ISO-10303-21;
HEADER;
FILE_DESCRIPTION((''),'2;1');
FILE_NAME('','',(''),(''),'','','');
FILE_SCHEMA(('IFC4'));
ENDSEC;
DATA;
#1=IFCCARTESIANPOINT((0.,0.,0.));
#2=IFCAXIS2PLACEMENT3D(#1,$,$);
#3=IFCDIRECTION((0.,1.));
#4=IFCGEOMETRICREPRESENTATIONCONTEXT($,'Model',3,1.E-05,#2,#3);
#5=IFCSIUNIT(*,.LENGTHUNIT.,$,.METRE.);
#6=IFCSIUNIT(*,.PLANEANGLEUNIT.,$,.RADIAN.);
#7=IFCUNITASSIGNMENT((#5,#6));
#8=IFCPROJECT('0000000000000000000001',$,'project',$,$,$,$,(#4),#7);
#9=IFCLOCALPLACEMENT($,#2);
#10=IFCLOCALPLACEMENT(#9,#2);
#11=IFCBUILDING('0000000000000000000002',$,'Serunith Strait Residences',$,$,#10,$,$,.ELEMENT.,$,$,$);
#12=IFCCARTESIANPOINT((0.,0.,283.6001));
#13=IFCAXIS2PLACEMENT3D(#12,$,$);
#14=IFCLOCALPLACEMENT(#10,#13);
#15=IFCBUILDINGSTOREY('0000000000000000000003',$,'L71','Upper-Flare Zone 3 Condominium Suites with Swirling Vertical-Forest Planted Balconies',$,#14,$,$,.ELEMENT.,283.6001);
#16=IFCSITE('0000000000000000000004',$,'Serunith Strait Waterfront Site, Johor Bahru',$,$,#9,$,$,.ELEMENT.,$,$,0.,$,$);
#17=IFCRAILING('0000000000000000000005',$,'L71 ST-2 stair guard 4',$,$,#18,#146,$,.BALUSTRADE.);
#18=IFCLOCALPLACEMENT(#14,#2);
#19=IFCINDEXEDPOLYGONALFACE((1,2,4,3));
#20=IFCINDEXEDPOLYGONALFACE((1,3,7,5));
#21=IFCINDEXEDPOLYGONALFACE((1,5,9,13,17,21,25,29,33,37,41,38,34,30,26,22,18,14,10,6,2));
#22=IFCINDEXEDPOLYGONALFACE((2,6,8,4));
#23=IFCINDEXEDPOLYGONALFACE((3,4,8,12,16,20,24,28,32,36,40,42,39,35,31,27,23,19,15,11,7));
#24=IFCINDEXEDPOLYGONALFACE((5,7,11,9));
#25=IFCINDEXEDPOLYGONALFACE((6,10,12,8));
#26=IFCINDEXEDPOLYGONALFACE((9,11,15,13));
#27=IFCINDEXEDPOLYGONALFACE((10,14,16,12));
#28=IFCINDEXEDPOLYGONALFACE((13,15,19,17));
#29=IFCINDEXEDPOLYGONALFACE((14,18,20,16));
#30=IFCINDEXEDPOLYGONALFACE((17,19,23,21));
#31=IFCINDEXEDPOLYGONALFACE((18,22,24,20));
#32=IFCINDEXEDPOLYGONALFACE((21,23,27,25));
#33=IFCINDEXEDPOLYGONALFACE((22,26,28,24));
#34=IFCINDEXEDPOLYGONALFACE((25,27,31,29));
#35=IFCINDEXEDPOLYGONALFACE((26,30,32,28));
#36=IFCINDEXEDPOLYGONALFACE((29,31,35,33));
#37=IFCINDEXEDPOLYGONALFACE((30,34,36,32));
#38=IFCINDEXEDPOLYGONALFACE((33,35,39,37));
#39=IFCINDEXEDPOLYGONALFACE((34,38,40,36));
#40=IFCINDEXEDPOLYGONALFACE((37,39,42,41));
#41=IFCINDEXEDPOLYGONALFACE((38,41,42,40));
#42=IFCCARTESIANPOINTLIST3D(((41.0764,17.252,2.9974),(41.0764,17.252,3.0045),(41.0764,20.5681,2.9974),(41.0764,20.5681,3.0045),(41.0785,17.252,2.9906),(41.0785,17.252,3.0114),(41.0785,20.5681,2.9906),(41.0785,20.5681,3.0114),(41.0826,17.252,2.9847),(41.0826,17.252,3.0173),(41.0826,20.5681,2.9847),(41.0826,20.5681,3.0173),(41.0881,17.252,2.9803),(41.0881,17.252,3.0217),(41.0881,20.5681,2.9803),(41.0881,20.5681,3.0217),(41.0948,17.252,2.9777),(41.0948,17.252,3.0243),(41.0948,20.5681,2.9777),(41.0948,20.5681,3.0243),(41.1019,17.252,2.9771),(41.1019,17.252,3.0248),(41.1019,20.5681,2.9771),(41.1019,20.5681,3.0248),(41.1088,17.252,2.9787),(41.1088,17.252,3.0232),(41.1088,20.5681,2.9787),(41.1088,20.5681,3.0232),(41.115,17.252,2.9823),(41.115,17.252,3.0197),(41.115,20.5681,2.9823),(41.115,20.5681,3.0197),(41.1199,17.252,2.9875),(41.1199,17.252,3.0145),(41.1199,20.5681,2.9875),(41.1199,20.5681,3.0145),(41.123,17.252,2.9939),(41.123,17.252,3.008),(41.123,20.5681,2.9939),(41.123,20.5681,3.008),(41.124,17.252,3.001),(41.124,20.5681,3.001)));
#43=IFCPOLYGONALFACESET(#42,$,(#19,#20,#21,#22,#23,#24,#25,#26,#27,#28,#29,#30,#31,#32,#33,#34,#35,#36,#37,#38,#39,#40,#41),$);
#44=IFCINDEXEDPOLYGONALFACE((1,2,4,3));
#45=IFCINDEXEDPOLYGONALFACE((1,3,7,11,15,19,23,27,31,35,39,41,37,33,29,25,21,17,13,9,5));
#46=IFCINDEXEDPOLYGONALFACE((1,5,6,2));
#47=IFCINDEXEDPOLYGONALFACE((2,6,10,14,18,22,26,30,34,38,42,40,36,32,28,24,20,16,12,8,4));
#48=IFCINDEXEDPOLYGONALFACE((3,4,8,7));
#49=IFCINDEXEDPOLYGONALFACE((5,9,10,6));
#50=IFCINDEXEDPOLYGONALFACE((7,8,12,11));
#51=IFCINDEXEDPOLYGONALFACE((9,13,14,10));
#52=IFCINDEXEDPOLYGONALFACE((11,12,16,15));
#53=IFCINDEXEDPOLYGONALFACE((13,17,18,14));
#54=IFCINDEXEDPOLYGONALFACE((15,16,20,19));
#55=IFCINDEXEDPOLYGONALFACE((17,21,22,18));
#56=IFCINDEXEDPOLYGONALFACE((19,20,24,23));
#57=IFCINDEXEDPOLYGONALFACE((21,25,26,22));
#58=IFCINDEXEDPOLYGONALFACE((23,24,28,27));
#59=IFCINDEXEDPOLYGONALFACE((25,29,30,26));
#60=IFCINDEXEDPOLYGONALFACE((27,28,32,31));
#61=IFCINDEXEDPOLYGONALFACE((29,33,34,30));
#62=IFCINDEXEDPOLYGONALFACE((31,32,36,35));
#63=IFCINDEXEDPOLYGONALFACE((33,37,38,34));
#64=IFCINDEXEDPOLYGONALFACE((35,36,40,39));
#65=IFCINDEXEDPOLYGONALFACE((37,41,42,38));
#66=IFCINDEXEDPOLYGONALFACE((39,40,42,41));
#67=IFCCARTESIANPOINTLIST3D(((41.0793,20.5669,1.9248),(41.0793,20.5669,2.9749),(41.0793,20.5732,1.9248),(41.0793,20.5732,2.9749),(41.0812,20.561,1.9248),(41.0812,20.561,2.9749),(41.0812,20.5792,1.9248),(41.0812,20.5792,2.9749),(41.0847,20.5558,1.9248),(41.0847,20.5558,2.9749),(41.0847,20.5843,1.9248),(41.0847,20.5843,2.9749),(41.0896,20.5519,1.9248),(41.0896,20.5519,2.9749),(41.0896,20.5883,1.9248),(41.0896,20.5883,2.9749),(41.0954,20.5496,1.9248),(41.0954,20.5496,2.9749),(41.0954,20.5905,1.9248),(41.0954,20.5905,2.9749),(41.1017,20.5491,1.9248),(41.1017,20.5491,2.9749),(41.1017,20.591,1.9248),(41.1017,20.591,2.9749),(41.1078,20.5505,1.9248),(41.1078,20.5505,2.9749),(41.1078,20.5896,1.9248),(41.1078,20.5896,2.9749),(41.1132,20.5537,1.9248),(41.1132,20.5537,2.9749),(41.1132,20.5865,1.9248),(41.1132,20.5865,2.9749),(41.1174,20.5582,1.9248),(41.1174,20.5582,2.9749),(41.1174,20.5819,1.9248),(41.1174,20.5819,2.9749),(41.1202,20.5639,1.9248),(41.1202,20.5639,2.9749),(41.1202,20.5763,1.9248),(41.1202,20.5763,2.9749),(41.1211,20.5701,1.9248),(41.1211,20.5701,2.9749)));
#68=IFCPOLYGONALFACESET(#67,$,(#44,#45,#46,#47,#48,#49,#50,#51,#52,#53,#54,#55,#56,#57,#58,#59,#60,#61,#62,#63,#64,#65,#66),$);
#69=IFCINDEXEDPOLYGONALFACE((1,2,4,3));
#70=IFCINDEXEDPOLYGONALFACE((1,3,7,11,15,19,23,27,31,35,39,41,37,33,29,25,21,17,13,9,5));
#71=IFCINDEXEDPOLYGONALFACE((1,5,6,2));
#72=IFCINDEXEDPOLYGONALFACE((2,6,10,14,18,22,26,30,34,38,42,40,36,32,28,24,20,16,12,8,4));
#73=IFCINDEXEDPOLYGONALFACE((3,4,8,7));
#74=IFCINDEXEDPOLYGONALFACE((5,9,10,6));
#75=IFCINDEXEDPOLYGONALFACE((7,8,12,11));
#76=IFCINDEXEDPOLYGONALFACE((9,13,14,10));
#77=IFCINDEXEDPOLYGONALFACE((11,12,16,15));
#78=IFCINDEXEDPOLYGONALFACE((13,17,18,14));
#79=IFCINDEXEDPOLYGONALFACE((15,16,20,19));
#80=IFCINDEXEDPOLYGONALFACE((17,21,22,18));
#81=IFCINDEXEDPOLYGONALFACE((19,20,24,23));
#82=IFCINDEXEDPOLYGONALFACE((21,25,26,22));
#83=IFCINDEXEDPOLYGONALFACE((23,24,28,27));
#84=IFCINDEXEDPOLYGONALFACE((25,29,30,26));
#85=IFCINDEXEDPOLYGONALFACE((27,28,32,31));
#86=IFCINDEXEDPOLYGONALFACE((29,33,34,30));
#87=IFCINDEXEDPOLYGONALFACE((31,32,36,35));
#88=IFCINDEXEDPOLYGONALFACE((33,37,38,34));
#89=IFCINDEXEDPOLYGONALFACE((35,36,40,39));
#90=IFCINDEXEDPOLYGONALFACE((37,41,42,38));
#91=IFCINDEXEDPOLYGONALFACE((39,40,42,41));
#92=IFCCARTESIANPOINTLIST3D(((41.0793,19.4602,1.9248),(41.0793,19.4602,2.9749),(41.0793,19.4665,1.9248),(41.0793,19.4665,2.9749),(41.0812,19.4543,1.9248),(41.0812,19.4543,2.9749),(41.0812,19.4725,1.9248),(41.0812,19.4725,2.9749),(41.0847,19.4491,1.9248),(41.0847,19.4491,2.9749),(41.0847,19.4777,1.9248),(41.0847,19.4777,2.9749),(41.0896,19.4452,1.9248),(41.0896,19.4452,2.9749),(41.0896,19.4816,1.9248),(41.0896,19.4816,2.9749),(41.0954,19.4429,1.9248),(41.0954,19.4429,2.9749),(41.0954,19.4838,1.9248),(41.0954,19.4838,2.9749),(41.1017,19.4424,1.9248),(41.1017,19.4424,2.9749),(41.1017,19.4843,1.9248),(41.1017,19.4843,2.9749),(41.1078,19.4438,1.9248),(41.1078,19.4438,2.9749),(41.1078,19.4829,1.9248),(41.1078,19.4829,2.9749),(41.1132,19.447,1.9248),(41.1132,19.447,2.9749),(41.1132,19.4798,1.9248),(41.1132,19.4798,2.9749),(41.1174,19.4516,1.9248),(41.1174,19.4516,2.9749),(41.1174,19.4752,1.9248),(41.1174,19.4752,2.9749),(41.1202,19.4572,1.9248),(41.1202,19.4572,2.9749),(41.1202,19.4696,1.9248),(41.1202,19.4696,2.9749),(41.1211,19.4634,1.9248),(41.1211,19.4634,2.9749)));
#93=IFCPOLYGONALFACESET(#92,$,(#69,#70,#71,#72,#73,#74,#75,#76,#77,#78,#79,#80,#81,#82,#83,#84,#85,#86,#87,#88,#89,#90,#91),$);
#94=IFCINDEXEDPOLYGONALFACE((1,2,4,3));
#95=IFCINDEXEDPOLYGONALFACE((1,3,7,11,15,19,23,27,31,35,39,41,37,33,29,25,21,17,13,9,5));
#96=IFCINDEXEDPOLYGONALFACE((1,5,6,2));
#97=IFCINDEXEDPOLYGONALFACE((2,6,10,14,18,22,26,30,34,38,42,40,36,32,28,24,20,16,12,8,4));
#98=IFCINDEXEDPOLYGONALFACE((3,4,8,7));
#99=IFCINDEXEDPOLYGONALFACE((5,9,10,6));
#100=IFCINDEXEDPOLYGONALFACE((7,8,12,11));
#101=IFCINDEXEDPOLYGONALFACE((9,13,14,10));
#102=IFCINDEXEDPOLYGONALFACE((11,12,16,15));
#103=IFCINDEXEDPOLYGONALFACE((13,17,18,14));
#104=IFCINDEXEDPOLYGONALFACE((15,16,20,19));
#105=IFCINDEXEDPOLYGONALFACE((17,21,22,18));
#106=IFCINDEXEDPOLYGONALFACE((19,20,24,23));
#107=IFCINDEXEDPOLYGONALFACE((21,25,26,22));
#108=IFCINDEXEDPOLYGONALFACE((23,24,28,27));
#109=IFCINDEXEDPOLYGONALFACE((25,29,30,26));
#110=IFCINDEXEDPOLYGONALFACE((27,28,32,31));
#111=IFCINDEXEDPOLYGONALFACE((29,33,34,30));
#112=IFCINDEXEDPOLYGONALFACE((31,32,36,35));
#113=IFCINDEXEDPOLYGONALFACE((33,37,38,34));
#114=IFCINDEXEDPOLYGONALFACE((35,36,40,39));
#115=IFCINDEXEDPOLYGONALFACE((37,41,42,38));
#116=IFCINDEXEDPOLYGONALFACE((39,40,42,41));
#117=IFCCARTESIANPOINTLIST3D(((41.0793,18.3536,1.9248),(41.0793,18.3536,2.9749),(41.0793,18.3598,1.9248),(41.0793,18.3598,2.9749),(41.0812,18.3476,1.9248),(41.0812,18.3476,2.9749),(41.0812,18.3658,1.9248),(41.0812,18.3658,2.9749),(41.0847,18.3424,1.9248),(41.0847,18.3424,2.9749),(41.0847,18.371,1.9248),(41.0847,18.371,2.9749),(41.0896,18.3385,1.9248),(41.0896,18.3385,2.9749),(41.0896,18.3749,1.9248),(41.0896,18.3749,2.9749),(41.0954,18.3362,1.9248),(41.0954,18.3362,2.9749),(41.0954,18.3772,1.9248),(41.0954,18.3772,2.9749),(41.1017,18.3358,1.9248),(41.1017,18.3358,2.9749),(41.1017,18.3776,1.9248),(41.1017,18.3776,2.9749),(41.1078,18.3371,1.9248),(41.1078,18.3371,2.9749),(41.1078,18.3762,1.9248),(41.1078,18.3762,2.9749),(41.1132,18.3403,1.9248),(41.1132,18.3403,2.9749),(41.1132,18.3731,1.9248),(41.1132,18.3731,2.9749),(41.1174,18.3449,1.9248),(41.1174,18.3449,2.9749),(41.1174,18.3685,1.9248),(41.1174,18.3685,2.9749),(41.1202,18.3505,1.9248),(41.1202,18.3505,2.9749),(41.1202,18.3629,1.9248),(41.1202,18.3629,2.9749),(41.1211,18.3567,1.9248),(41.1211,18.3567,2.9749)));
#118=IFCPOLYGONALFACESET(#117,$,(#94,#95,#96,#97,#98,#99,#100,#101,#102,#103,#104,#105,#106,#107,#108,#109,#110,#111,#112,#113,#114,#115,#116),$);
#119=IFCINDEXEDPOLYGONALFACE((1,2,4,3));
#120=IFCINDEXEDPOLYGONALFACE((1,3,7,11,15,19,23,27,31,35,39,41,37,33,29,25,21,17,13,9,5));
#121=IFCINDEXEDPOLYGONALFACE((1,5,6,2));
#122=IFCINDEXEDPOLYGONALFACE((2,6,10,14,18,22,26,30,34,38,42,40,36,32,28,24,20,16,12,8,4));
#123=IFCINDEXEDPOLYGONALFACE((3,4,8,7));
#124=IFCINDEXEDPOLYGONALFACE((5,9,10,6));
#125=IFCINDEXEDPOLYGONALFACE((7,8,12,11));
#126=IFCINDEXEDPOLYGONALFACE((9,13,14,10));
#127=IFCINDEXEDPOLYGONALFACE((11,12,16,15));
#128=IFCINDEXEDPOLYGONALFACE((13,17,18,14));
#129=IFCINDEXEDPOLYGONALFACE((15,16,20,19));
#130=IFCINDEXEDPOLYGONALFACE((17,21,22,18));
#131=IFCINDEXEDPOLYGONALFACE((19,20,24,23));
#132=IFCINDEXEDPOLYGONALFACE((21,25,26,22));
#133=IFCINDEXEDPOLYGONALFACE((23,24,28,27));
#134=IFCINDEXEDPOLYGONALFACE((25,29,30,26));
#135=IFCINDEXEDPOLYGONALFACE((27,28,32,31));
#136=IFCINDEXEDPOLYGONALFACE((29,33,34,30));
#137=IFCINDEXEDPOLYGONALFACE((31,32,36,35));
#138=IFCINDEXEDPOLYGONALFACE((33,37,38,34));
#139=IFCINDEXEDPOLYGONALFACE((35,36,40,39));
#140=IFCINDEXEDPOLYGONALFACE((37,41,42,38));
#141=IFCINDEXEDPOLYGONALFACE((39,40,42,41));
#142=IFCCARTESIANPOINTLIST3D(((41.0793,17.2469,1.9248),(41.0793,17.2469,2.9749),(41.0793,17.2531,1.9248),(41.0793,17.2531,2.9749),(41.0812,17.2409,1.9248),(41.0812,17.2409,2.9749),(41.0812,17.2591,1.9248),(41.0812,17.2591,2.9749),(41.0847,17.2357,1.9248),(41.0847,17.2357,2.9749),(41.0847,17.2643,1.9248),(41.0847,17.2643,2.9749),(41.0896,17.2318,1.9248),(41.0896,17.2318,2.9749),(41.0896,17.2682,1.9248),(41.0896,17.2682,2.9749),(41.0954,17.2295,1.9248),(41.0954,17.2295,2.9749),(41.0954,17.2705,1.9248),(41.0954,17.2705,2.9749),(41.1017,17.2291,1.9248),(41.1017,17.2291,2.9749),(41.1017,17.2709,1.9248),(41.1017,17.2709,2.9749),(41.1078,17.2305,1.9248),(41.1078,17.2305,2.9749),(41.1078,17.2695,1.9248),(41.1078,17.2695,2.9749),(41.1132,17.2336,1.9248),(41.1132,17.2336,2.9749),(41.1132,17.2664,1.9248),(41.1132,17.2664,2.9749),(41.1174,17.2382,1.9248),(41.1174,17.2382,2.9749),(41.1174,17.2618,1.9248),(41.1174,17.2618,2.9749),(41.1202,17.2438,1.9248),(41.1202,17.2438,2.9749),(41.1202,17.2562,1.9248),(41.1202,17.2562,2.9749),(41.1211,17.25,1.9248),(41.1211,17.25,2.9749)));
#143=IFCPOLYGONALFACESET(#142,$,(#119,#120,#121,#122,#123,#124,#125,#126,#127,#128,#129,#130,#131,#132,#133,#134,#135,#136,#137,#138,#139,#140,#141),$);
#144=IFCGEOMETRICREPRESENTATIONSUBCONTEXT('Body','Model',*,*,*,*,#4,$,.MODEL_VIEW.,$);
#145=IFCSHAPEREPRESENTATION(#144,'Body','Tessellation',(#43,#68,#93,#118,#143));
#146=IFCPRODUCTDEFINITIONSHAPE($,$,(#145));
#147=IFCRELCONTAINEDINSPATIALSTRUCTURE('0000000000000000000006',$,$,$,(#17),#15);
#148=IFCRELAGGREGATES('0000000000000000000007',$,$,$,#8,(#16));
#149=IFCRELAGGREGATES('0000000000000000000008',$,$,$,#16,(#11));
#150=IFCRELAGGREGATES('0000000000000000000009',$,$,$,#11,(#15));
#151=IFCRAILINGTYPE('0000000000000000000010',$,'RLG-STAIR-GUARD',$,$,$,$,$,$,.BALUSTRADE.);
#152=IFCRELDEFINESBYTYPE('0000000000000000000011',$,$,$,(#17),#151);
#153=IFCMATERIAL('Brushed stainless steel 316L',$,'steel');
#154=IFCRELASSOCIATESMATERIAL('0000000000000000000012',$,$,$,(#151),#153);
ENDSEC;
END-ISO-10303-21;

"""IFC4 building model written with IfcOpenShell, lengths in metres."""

from ifc_helpers import new_model, si_unit, direction, frame, origin, origin_2d, place, context, subcontext, project, spatial, circle, extrude, material, type_object, element, save


model = new_model("IFC4")

# Units and contexts
model_context = context("Model", 3, precision=1e-05, world=origin(), true_north=direction((0.0, 1.0)))
body_context = subcontext(model_context, "Body", "Model", "MODEL_VIEW")
ifc_project = project(units=[si_unit("LENGTHUNIT", "METRE"), si_unit("PLANEANGLEUNIT", "RADIAN")], contexts=[model_context])

# Site, building, storey
site_placement = place(None, origin())
site = spatial("IfcSite", under=ifc_project, at=site_placement, Name="Serunith Strait Waterfront Site, Johor Bahru", CompositionType="ELEMENT", RefElevation=0.0)
building_placement = place(site_placement, origin())
building = spatial("IfcBuilding", under=site, at=building_placement, Name="Serunith Strait Residences", CompositionType="ELEMENT")
storey_placement = place(building_placement, frame((0.0, 0.0, 283.6001)))
storey = spatial("IfcBuildingStorey", under=building, at=storey_placement, Name="L71", Description="Upper-Flare Zone 3 Condominium Suites with Swirling Vertical-Forest Planted Balconies", CompositionType="ELEMENT", Elevation=283.6001)

# Railing
ifc_material_1 = material(Name="Brushed stainless steel 316L", Category="steel")
railing_type_1 = type_object("IfcRailingType", Name="RLG-STAIR-GUARD", PredefinedType="BALUSTRADE", material=ifc_material_1)
for number, where, name in (
    (1, (41.1001, 20.5701, 1.9248), "L71 ST-2 stair guard 4"),
):
    element("IfcRailing", number, at=place(storey_placement, frame(where)), inside=storey, type_object=railing_type_1, Name=name, PredefinedType="BALUSTRADE", context=body_context, shape_type="SweptSolid", body=[
        extrude(circle(Radius=0.0239, at=origin_2d()), frame((0.0, -0.002, 1.0762), z_axis=(0.0, -1.0, 0.0), x_axis=(1.0, 0.0, 0.0)), (0.0, 0.0, 1.0), 3.3162),
        extrude(circle(Radius=0.021, at=origin_2d()), origin(), (0.0, 0.0, 1.0), 1.05),
        extrude(circle(Radius=0.021, at=origin_2d()), frame((0.0, -1.1067, 0.0)), (0.0, 0.0, 1.0), 1.05),
        extrude(circle(Radius=0.021, at=origin_2d()), frame((0.0, -2.2134, 0.0)), (0.0, 0.0, 1.0), 1.05),
        extrude(circle(Radius=0.021, at=origin_2d()), frame((0.0, -3.3201, 0.0)), (0.0, 0.0, 1.0), 1.05),
    ])

save(model, "model.ifc")
